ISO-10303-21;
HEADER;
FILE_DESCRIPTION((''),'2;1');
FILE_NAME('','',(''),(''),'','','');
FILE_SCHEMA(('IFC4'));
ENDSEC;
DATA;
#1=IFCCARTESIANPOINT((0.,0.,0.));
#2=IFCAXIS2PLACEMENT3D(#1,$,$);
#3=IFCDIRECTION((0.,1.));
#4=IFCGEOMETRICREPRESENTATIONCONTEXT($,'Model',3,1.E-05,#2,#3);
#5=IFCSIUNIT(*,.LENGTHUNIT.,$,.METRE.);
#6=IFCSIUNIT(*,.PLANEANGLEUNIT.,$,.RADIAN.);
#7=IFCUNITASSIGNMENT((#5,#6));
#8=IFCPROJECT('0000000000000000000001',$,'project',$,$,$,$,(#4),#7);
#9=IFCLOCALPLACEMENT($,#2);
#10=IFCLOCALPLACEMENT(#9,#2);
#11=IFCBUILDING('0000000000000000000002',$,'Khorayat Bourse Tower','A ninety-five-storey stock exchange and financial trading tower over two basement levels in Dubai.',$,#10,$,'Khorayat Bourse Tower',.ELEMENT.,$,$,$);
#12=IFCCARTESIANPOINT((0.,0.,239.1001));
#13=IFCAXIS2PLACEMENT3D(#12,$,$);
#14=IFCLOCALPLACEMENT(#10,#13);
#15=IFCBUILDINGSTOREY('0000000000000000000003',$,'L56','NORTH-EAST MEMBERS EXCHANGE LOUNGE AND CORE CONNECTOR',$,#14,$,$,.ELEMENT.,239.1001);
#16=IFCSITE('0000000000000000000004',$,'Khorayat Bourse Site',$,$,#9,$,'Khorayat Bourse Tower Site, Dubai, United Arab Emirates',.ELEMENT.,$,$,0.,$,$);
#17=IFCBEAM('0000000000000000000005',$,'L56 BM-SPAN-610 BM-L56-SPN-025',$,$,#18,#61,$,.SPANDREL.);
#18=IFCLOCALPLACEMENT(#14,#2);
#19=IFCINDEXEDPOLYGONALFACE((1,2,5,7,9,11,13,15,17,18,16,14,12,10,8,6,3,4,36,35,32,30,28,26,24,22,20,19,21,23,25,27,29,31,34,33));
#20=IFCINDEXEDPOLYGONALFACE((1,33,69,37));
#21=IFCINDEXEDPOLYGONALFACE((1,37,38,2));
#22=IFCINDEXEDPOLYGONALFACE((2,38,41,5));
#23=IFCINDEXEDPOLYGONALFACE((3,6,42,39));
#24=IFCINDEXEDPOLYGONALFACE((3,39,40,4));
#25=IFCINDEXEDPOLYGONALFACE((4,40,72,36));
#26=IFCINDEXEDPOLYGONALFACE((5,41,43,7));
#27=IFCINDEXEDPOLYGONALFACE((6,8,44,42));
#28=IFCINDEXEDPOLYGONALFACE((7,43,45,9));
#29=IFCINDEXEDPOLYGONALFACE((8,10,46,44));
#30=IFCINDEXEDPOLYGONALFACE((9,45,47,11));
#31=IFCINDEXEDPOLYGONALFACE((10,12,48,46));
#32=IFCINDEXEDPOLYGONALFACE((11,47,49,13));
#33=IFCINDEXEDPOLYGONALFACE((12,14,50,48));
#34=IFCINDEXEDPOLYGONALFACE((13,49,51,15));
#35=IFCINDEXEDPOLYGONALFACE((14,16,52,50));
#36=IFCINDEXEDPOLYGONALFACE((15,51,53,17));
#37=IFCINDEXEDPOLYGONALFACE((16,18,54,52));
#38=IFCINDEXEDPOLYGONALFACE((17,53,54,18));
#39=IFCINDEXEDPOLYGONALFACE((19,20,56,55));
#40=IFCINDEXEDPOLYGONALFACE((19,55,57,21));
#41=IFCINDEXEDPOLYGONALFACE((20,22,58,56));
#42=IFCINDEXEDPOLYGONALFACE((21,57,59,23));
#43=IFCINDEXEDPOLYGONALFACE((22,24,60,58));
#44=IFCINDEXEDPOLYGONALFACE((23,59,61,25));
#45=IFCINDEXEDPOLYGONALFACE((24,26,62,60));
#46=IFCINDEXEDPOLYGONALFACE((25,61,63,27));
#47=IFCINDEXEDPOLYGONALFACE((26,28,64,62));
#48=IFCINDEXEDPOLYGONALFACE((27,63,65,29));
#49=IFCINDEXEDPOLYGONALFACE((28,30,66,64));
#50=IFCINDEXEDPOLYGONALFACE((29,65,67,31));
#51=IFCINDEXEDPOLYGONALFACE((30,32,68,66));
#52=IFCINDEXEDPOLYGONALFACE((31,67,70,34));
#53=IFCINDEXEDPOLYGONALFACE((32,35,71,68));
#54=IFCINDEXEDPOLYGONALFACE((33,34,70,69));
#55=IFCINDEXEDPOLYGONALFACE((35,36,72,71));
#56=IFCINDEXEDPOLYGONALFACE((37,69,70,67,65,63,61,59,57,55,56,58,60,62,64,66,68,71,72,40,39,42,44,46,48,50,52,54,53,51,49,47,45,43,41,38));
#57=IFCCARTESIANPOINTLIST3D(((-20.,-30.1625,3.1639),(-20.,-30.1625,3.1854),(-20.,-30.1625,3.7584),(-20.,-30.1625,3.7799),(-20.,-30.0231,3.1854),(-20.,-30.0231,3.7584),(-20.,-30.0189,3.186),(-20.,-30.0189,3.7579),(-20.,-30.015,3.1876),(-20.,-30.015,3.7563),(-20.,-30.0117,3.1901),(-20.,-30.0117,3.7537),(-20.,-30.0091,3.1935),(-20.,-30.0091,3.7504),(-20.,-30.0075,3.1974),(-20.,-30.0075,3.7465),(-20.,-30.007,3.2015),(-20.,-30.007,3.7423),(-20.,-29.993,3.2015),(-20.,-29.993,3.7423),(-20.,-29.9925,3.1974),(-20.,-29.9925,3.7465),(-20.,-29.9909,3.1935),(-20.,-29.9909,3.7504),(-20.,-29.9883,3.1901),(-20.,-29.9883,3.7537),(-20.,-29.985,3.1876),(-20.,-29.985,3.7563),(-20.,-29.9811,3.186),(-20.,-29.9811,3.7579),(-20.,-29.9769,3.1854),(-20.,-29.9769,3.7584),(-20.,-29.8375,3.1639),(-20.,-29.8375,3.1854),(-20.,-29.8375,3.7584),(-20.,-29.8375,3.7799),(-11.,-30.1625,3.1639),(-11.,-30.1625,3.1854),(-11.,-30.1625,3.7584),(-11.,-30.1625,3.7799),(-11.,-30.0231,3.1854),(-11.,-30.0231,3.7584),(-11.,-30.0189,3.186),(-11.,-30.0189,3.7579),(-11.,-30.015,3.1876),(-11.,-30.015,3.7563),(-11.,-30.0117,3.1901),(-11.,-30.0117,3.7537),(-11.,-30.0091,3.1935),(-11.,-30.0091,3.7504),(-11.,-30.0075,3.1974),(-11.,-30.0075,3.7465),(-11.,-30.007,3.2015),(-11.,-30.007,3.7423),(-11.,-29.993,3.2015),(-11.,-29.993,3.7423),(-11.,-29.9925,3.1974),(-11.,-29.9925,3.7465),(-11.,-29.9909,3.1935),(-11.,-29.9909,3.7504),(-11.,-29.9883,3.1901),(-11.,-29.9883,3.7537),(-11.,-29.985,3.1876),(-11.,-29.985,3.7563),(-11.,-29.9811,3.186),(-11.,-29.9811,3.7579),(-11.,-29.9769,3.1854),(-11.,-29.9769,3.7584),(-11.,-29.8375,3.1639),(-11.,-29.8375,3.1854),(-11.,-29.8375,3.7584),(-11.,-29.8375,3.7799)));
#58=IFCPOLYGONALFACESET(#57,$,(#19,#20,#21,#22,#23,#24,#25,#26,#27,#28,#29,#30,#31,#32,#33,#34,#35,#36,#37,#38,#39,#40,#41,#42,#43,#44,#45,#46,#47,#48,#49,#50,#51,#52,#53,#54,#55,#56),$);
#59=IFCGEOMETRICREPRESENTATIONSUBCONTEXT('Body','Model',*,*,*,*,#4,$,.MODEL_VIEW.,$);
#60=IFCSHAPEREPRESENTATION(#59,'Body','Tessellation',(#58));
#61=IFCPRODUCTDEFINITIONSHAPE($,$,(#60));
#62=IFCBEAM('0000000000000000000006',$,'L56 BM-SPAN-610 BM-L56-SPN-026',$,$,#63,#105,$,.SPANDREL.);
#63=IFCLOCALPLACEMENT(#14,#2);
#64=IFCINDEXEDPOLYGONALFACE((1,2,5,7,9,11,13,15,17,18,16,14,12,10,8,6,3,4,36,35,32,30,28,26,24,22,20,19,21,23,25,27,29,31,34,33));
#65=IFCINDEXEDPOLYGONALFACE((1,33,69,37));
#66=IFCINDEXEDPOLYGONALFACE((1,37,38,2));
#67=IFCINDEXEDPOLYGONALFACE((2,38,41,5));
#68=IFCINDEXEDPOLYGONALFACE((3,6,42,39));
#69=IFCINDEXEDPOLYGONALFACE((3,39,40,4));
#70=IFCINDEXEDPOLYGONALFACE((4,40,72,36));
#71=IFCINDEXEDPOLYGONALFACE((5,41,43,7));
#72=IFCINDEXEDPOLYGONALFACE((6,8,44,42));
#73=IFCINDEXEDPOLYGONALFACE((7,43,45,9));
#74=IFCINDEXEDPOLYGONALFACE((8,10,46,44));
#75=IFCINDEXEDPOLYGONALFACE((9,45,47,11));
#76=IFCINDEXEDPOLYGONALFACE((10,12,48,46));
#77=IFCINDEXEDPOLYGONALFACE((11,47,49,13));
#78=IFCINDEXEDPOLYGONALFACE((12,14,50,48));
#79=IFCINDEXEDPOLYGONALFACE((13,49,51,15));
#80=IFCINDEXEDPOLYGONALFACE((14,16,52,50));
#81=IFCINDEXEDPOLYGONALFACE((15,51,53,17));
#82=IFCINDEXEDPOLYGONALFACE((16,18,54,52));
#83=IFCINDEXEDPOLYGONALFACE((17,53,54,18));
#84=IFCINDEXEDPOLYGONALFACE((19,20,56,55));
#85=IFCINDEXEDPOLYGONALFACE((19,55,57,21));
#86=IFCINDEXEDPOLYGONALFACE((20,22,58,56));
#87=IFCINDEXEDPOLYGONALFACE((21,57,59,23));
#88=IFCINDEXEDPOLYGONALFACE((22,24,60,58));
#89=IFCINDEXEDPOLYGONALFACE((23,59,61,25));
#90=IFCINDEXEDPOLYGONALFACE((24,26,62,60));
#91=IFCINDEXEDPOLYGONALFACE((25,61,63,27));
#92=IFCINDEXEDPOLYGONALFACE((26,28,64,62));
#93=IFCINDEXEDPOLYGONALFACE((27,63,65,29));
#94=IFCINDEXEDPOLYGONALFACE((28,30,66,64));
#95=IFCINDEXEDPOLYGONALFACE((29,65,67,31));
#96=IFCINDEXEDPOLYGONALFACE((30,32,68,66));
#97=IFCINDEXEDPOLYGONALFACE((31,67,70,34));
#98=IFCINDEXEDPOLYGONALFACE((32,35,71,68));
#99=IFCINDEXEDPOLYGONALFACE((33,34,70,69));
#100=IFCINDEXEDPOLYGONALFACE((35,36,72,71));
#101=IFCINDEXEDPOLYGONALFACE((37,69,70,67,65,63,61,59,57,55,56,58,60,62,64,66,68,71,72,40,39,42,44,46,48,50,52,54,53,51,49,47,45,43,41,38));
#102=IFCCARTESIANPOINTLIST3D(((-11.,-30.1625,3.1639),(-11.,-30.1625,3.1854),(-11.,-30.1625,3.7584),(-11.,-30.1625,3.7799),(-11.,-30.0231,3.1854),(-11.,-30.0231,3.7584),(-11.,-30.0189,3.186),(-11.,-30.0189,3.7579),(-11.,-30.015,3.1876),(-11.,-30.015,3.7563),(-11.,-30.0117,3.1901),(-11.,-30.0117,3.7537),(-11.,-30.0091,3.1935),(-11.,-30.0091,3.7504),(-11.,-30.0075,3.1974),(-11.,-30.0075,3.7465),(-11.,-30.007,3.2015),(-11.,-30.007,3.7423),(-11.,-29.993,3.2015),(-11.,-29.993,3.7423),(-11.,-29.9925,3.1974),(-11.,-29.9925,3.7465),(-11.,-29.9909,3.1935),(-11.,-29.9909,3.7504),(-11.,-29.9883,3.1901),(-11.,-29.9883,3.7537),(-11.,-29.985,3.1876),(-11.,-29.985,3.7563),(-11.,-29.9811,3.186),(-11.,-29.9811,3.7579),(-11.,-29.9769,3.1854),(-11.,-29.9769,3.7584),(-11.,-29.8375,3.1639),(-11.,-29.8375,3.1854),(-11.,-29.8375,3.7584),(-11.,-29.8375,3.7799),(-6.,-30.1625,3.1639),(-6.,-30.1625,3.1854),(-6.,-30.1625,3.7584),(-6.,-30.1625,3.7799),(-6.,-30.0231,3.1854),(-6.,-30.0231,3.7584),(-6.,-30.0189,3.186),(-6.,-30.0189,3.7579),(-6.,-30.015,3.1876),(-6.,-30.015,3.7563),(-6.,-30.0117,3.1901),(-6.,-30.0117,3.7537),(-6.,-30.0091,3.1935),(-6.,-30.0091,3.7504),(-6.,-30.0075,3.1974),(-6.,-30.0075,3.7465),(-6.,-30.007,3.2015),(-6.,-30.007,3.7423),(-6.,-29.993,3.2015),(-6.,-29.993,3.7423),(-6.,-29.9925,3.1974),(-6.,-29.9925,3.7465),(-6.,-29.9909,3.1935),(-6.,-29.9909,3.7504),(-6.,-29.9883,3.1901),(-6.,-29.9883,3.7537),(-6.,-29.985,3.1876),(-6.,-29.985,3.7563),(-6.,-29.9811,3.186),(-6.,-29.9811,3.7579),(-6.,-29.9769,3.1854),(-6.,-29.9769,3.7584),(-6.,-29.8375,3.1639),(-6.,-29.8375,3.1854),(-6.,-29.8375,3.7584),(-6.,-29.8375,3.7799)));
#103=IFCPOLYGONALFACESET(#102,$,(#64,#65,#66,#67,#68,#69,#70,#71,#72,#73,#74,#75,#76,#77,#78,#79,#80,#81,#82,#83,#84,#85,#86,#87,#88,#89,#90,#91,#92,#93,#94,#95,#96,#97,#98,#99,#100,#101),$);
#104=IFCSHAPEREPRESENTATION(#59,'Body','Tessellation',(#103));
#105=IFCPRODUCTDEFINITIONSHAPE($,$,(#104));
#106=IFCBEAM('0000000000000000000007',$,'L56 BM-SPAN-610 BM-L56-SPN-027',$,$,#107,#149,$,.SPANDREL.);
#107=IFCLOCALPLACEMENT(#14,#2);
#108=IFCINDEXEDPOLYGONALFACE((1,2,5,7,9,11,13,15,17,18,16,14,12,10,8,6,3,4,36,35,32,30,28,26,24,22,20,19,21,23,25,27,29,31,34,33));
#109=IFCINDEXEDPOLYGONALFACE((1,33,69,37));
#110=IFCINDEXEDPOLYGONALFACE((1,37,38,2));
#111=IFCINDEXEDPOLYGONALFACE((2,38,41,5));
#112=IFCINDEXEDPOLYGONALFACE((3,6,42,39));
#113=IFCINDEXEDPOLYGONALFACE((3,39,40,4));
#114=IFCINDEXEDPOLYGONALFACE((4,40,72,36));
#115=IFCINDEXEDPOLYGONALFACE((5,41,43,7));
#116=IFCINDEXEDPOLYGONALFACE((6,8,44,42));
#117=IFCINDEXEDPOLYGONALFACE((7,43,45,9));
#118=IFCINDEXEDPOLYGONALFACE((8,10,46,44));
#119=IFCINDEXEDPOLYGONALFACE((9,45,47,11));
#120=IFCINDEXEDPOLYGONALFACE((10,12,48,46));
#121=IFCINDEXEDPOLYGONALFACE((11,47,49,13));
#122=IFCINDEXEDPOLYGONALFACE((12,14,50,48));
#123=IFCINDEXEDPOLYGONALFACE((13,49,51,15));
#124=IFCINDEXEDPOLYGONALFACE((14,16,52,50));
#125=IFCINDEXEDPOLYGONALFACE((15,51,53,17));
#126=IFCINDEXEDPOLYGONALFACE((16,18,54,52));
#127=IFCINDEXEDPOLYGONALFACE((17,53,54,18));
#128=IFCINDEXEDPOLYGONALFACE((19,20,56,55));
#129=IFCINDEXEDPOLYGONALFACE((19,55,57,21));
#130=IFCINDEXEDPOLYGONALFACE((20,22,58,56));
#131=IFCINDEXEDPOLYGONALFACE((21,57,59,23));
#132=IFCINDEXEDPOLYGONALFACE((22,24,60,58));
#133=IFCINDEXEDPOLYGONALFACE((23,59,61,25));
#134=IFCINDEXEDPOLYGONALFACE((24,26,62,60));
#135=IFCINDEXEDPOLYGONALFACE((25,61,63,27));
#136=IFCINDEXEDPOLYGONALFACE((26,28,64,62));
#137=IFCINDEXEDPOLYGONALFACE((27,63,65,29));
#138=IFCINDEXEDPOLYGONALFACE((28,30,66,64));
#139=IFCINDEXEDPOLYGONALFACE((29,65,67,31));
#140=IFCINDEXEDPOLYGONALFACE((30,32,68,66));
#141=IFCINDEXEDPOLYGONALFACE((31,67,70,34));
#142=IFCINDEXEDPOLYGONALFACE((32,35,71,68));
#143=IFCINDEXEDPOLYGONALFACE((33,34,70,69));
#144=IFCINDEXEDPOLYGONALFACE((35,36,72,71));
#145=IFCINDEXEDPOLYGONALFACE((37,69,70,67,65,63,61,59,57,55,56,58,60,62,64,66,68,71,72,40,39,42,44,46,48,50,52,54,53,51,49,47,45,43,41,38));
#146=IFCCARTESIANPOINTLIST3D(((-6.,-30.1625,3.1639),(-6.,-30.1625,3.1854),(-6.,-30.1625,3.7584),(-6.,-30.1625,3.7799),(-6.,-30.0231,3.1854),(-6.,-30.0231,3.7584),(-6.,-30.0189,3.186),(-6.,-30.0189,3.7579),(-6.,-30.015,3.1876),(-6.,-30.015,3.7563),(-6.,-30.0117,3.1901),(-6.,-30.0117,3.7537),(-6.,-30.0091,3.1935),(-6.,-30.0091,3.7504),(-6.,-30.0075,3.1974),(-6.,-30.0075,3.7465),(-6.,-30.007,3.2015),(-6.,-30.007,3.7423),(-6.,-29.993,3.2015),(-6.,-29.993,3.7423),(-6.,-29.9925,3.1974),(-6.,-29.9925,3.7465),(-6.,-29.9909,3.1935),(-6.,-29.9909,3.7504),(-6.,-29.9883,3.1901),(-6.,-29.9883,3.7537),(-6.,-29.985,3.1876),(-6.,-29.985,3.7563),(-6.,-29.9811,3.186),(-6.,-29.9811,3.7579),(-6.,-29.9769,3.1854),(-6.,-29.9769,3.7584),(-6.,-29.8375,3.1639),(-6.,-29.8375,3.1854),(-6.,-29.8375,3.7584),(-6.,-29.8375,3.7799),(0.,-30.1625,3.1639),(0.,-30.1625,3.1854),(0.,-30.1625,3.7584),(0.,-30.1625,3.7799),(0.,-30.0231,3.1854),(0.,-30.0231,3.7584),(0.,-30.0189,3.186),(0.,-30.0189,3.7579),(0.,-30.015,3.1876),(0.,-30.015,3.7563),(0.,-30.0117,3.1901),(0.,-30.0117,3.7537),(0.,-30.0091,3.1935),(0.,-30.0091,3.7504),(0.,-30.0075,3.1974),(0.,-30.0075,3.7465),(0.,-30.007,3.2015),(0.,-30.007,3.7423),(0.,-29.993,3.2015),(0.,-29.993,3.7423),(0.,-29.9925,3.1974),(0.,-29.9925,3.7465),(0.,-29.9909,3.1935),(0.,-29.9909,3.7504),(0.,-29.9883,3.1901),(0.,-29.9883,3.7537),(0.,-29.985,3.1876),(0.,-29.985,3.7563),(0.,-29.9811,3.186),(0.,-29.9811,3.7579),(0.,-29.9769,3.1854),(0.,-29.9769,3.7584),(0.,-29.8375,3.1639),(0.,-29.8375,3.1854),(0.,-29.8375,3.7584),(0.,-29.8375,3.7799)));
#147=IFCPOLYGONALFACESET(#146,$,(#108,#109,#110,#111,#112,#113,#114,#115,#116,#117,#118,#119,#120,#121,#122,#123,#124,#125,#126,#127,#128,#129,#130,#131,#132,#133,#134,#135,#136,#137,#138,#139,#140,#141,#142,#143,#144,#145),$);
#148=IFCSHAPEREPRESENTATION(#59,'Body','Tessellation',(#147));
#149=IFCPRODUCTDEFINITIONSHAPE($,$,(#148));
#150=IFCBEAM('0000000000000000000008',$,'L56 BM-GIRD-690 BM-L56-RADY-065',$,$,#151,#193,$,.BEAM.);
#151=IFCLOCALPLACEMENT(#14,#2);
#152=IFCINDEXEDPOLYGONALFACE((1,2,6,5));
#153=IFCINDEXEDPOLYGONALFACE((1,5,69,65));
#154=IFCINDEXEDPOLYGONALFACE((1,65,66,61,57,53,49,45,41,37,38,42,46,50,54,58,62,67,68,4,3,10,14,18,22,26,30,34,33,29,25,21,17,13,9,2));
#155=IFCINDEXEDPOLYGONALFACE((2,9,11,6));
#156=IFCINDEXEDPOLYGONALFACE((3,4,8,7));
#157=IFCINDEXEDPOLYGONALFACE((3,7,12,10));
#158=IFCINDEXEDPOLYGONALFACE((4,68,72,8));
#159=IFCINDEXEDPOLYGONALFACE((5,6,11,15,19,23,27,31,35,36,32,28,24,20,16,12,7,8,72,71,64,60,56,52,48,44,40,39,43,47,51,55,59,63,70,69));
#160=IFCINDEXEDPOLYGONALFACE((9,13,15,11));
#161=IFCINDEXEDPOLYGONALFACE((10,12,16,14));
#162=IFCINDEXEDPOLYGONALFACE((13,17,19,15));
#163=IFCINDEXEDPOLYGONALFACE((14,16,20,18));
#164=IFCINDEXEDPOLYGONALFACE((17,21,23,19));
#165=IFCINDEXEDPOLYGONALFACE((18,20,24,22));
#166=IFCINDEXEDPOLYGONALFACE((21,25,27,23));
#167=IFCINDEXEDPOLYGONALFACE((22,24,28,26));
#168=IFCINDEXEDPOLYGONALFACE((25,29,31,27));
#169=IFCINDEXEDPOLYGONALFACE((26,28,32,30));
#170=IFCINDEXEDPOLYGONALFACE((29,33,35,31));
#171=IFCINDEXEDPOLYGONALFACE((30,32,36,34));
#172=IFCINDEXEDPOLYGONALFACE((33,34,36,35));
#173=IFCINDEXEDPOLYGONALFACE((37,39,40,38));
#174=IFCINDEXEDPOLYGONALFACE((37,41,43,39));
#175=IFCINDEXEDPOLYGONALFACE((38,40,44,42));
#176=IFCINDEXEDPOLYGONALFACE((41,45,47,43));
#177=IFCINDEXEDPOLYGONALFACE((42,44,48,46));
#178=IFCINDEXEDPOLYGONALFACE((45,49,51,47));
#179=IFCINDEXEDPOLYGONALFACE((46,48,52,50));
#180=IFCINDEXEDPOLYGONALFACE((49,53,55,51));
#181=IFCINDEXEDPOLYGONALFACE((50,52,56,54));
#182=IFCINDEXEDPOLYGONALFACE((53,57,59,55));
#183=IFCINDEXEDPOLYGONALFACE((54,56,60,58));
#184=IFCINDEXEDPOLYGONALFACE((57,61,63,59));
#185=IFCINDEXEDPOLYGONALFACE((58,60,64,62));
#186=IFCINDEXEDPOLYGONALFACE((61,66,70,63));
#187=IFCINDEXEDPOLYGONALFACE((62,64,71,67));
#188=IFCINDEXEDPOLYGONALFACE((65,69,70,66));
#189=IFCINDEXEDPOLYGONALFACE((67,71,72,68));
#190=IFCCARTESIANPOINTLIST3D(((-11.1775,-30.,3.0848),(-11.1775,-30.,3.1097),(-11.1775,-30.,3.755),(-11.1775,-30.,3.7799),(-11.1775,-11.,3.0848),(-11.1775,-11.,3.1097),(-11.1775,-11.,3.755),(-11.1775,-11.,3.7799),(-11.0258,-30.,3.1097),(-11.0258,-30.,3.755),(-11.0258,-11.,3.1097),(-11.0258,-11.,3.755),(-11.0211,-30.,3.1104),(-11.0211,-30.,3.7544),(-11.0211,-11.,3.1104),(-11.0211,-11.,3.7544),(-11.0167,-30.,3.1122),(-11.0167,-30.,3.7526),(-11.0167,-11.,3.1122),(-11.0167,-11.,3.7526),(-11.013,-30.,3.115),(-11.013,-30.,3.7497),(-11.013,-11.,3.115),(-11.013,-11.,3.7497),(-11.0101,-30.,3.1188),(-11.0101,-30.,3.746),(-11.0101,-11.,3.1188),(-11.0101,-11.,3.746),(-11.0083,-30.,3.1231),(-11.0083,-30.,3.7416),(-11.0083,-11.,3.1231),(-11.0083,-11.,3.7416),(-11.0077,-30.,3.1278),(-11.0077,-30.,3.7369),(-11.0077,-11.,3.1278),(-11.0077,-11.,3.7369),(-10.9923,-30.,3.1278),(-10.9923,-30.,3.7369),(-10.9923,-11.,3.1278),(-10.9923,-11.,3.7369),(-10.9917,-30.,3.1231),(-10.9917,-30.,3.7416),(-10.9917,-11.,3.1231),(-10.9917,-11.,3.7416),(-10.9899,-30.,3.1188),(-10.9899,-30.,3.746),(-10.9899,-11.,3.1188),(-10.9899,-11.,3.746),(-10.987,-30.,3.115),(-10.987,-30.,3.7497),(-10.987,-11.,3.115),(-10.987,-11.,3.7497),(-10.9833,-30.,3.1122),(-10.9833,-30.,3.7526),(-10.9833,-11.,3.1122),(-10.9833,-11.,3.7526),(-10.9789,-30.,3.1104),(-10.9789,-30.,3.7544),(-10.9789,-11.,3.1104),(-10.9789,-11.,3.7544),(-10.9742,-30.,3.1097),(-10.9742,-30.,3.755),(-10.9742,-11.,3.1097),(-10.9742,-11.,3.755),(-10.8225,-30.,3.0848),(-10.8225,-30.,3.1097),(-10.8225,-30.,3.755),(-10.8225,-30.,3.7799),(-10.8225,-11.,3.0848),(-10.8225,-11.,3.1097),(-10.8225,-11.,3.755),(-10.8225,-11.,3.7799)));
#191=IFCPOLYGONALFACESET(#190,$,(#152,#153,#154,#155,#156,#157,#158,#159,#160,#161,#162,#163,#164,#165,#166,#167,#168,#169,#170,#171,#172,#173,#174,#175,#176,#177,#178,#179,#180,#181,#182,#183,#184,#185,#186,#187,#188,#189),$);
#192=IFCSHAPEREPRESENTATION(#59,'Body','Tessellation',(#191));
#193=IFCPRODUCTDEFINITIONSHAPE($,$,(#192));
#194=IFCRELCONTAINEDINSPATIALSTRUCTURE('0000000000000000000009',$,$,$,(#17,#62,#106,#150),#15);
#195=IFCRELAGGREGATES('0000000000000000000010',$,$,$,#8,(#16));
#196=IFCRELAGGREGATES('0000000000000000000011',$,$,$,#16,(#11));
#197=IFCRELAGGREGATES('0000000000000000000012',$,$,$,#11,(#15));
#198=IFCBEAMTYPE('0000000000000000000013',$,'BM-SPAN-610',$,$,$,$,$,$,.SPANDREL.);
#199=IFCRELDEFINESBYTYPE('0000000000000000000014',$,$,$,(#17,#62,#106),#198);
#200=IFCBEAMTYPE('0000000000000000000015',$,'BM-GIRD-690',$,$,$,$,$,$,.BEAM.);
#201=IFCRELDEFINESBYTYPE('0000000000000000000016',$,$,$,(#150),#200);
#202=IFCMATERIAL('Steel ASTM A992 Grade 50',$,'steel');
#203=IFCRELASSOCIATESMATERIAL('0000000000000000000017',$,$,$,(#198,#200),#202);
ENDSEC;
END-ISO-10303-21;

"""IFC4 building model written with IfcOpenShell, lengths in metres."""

from ifc_helpers import new_model, si_unit, direction, frame, origin, origin_2d, place, context, subcontext, project, spatial, i_section, extrude, source, transform, mapped, material, material_profile, profile_set, type_object, element, save


model = new_model("IFC4")

# Units and contexts
model_context = context("Model", 3, precision=1e-05, world=origin(), true_north=direction((0.0, 1.0)))
body_context = subcontext(model_context, "Body", "Model", "MODEL_VIEW")
ifc_project = project(units=[si_unit("LENGTHUNIT", "METRE"), si_unit("PLANEANGLEUNIT", "RADIAN")], contexts=[model_context])

# Site, building, storey
site_placement = place(None, origin())
site = spatial("IfcSite", under=ifc_project, at=site_placement, Name="Khorayat Bourse Site", LongName="Khorayat Bourse Tower Site, Dubai, United Arab Emirates", CompositionType="ELEMENT", RefElevation=0.0)
building_placement = place(site_placement, origin())
building = spatial("IfcBuilding", under=site, at=building_placement, Name="Khorayat Bourse Tower", Description="A ninety-five-storey stock exchange and financial trading tower over two basement levels in Dubai.", LongName="Khorayat Bourse Tower", CompositionType="ELEMENT")
storey_placement = place(building_placement, frame((0.0, 0.0, 239.1001)))
storey = spatial("IfcBuildingStorey", under=building, at=storey_placement, Name="L56", Description="NORTH-EAST MEMBERS EXCHANGE LOUNGE AND CORE CONNECTOR", CompositionType="ELEMENT", Elevation=239.1001)

# Beams
ifc_material_1 = material(Name="Steel ASTM A992 Grade 50", Category="steel")
ifc_material_profile_1 = material_profile(ifc_material_1, i_section(OverallWidth=0.325, OverallDepth=0.616, WebThickness=0.0139, FlangeThickness=0.0215, FilletRadius=0.0161, at=origin_2d()), Name="W610X174")
ifc_profile_set_1 = profile_set([ifc_material_profile_1], Name="Steel ASTM A992 Grade 50")
beam_type_1 = type_object("IfcBeamType", Name="BM-SPAN-610", PredefinedType="SPANDREL", material=ifc_profile_set_1)
shared_shape_1 = source(origin(), body_context, "Body", "SweptSolid", [
    extrude(i_section(OverallWidth=0.325, OverallDepth=0.616, WebThickness=0.0139, FlangeThickness=0.0215, FilletRadius=0.0161, at=origin_2d()), origin(), (0.0, 0.0, 1.0), 9.0),
])
beam_1_placement = place(storey_placement, frame((-20.0, -30.0, 3.4719), z_axis=(1.0, 0.0, 0.0), x_axis=(0.0, 1.0, 0.0)))
element("IfcBeam", 1, at=beam_1_placement, inside=storey, type_object=beam_type_1, Name="L56 BM-SPAN-610 BM-L56-SPN-025", PredefinedType="SPANDREL", context=body_context, shape_type="MappedRepresentation", body=[
    mapped(shared_shape_1, transform((0.0, 0.0, 0.0), scale=1.0)),
])
shared_shape_2 = source(origin(), body_context, "Body", "SweptSolid", [
    extrude(i_section(OverallWidth=0.325, OverallDepth=0.616, WebThickness=0.0139, FlangeThickness=0.0215, FilletRadius=0.0161, at=origin_2d()), origin(), (0.0, 0.0, 1.0), 5.0),
])
beam_2_placement = place(storey_placement, frame((-11.0, -30.0, 3.4719), z_axis=(1.0, 0.0, 0.0), x_axis=(0.0, 1.0, 0.0)))
element("IfcBeam", 2, at=beam_2_placement, inside=storey, type_object=beam_type_1, Name="L56 BM-SPAN-610 BM-L56-SPN-026", PredefinedType="SPANDREL", context=body_context, shape_type="MappedRepresentation", body=[
    mapped(shared_shape_2, transform((0.0, 0.0, 0.0), scale=1.0)),
])
shared_shape_3 = source(origin(), body_context, "Body", "SweptSolid", [
    extrude(i_section(OverallWidth=0.325, OverallDepth=0.616, WebThickness=0.0139, FlangeThickness=0.0215, FilletRadius=0.0161, at=origin_2d()), origin(), (0.0, 0.0, 1.0), 6.0),
])
beam_3_placement = place(storey_placement, frame((-6.0, -30.0, 3.4719), z_axis=(1.0, 0.0, 0.0), x_axis=(0.0, 1.0, 0.0)))
element("IfcBeam", 3, at=beam_3_placement, inside=storey, type_object=beam_type_1, Name="L56 BM-SPAN-610 BM-L56-SPN-027", PredefinedType="SPANDREL", context=body_context, shape_type="MappedRepresentation", body=[
    mapped(shared_shape_3, transform((0.0, 0.0, 0.0), scale=1.0)),
])
ifc_material_profile_2 = material_profile(ifc_material_1, i_section(OverallWidth=0.355, OverallDepth=0.6951, WebThickness=0.0154, FlangeThickness=0.0249, FilletRadius=0.0181, at=origin_2d()), Name="W690X217")
ifc_profile_set_2 = profile_set([ifc_material_profile_2], Name="Steel ASTM A992 Grade 50")
beam_type_2 = type_object("IfcBeamType", Name="BM-GIRD-690", PredefinedType="BEAM", material=ifc_profile_set_2)
shared_shape_4 = source(origin(), body_context, "Body", "SweptSolid", [
    extrude(i_section(OverallWidth=0.355, OverallDepth=0.6951, WebThickness=0.0154, FlangeThickness=0.0249, FilletRadius=0.0181, at=origin_2d()), origin(), (0.0, 0.0, 1.0), 19.0),
])
for number, where, z_axis, x_axis, name in (
    (4, (-11.0, -30.0, 3.4324), (0.0, 1.0, 0.0), (-1.0, 0.0, 0.0), "L56 BM-GIRD-690 BM-L56-RADY-065"),
):
    element("IfcBeam", number, at=place(storey_placement, frame(where, z_axis=z_axis, x_axis=x_axis)), inside=storey, type_object=beam_type_2, Name=name, PredefinedType="BEAM", context=body_context, shape_type="MappedRepresentation", body=[
        mapped(shared_shape_4, transform((0.0, 0.0, 0.0), scale=1.0)),
    ])

save(model, "model.ifc")
